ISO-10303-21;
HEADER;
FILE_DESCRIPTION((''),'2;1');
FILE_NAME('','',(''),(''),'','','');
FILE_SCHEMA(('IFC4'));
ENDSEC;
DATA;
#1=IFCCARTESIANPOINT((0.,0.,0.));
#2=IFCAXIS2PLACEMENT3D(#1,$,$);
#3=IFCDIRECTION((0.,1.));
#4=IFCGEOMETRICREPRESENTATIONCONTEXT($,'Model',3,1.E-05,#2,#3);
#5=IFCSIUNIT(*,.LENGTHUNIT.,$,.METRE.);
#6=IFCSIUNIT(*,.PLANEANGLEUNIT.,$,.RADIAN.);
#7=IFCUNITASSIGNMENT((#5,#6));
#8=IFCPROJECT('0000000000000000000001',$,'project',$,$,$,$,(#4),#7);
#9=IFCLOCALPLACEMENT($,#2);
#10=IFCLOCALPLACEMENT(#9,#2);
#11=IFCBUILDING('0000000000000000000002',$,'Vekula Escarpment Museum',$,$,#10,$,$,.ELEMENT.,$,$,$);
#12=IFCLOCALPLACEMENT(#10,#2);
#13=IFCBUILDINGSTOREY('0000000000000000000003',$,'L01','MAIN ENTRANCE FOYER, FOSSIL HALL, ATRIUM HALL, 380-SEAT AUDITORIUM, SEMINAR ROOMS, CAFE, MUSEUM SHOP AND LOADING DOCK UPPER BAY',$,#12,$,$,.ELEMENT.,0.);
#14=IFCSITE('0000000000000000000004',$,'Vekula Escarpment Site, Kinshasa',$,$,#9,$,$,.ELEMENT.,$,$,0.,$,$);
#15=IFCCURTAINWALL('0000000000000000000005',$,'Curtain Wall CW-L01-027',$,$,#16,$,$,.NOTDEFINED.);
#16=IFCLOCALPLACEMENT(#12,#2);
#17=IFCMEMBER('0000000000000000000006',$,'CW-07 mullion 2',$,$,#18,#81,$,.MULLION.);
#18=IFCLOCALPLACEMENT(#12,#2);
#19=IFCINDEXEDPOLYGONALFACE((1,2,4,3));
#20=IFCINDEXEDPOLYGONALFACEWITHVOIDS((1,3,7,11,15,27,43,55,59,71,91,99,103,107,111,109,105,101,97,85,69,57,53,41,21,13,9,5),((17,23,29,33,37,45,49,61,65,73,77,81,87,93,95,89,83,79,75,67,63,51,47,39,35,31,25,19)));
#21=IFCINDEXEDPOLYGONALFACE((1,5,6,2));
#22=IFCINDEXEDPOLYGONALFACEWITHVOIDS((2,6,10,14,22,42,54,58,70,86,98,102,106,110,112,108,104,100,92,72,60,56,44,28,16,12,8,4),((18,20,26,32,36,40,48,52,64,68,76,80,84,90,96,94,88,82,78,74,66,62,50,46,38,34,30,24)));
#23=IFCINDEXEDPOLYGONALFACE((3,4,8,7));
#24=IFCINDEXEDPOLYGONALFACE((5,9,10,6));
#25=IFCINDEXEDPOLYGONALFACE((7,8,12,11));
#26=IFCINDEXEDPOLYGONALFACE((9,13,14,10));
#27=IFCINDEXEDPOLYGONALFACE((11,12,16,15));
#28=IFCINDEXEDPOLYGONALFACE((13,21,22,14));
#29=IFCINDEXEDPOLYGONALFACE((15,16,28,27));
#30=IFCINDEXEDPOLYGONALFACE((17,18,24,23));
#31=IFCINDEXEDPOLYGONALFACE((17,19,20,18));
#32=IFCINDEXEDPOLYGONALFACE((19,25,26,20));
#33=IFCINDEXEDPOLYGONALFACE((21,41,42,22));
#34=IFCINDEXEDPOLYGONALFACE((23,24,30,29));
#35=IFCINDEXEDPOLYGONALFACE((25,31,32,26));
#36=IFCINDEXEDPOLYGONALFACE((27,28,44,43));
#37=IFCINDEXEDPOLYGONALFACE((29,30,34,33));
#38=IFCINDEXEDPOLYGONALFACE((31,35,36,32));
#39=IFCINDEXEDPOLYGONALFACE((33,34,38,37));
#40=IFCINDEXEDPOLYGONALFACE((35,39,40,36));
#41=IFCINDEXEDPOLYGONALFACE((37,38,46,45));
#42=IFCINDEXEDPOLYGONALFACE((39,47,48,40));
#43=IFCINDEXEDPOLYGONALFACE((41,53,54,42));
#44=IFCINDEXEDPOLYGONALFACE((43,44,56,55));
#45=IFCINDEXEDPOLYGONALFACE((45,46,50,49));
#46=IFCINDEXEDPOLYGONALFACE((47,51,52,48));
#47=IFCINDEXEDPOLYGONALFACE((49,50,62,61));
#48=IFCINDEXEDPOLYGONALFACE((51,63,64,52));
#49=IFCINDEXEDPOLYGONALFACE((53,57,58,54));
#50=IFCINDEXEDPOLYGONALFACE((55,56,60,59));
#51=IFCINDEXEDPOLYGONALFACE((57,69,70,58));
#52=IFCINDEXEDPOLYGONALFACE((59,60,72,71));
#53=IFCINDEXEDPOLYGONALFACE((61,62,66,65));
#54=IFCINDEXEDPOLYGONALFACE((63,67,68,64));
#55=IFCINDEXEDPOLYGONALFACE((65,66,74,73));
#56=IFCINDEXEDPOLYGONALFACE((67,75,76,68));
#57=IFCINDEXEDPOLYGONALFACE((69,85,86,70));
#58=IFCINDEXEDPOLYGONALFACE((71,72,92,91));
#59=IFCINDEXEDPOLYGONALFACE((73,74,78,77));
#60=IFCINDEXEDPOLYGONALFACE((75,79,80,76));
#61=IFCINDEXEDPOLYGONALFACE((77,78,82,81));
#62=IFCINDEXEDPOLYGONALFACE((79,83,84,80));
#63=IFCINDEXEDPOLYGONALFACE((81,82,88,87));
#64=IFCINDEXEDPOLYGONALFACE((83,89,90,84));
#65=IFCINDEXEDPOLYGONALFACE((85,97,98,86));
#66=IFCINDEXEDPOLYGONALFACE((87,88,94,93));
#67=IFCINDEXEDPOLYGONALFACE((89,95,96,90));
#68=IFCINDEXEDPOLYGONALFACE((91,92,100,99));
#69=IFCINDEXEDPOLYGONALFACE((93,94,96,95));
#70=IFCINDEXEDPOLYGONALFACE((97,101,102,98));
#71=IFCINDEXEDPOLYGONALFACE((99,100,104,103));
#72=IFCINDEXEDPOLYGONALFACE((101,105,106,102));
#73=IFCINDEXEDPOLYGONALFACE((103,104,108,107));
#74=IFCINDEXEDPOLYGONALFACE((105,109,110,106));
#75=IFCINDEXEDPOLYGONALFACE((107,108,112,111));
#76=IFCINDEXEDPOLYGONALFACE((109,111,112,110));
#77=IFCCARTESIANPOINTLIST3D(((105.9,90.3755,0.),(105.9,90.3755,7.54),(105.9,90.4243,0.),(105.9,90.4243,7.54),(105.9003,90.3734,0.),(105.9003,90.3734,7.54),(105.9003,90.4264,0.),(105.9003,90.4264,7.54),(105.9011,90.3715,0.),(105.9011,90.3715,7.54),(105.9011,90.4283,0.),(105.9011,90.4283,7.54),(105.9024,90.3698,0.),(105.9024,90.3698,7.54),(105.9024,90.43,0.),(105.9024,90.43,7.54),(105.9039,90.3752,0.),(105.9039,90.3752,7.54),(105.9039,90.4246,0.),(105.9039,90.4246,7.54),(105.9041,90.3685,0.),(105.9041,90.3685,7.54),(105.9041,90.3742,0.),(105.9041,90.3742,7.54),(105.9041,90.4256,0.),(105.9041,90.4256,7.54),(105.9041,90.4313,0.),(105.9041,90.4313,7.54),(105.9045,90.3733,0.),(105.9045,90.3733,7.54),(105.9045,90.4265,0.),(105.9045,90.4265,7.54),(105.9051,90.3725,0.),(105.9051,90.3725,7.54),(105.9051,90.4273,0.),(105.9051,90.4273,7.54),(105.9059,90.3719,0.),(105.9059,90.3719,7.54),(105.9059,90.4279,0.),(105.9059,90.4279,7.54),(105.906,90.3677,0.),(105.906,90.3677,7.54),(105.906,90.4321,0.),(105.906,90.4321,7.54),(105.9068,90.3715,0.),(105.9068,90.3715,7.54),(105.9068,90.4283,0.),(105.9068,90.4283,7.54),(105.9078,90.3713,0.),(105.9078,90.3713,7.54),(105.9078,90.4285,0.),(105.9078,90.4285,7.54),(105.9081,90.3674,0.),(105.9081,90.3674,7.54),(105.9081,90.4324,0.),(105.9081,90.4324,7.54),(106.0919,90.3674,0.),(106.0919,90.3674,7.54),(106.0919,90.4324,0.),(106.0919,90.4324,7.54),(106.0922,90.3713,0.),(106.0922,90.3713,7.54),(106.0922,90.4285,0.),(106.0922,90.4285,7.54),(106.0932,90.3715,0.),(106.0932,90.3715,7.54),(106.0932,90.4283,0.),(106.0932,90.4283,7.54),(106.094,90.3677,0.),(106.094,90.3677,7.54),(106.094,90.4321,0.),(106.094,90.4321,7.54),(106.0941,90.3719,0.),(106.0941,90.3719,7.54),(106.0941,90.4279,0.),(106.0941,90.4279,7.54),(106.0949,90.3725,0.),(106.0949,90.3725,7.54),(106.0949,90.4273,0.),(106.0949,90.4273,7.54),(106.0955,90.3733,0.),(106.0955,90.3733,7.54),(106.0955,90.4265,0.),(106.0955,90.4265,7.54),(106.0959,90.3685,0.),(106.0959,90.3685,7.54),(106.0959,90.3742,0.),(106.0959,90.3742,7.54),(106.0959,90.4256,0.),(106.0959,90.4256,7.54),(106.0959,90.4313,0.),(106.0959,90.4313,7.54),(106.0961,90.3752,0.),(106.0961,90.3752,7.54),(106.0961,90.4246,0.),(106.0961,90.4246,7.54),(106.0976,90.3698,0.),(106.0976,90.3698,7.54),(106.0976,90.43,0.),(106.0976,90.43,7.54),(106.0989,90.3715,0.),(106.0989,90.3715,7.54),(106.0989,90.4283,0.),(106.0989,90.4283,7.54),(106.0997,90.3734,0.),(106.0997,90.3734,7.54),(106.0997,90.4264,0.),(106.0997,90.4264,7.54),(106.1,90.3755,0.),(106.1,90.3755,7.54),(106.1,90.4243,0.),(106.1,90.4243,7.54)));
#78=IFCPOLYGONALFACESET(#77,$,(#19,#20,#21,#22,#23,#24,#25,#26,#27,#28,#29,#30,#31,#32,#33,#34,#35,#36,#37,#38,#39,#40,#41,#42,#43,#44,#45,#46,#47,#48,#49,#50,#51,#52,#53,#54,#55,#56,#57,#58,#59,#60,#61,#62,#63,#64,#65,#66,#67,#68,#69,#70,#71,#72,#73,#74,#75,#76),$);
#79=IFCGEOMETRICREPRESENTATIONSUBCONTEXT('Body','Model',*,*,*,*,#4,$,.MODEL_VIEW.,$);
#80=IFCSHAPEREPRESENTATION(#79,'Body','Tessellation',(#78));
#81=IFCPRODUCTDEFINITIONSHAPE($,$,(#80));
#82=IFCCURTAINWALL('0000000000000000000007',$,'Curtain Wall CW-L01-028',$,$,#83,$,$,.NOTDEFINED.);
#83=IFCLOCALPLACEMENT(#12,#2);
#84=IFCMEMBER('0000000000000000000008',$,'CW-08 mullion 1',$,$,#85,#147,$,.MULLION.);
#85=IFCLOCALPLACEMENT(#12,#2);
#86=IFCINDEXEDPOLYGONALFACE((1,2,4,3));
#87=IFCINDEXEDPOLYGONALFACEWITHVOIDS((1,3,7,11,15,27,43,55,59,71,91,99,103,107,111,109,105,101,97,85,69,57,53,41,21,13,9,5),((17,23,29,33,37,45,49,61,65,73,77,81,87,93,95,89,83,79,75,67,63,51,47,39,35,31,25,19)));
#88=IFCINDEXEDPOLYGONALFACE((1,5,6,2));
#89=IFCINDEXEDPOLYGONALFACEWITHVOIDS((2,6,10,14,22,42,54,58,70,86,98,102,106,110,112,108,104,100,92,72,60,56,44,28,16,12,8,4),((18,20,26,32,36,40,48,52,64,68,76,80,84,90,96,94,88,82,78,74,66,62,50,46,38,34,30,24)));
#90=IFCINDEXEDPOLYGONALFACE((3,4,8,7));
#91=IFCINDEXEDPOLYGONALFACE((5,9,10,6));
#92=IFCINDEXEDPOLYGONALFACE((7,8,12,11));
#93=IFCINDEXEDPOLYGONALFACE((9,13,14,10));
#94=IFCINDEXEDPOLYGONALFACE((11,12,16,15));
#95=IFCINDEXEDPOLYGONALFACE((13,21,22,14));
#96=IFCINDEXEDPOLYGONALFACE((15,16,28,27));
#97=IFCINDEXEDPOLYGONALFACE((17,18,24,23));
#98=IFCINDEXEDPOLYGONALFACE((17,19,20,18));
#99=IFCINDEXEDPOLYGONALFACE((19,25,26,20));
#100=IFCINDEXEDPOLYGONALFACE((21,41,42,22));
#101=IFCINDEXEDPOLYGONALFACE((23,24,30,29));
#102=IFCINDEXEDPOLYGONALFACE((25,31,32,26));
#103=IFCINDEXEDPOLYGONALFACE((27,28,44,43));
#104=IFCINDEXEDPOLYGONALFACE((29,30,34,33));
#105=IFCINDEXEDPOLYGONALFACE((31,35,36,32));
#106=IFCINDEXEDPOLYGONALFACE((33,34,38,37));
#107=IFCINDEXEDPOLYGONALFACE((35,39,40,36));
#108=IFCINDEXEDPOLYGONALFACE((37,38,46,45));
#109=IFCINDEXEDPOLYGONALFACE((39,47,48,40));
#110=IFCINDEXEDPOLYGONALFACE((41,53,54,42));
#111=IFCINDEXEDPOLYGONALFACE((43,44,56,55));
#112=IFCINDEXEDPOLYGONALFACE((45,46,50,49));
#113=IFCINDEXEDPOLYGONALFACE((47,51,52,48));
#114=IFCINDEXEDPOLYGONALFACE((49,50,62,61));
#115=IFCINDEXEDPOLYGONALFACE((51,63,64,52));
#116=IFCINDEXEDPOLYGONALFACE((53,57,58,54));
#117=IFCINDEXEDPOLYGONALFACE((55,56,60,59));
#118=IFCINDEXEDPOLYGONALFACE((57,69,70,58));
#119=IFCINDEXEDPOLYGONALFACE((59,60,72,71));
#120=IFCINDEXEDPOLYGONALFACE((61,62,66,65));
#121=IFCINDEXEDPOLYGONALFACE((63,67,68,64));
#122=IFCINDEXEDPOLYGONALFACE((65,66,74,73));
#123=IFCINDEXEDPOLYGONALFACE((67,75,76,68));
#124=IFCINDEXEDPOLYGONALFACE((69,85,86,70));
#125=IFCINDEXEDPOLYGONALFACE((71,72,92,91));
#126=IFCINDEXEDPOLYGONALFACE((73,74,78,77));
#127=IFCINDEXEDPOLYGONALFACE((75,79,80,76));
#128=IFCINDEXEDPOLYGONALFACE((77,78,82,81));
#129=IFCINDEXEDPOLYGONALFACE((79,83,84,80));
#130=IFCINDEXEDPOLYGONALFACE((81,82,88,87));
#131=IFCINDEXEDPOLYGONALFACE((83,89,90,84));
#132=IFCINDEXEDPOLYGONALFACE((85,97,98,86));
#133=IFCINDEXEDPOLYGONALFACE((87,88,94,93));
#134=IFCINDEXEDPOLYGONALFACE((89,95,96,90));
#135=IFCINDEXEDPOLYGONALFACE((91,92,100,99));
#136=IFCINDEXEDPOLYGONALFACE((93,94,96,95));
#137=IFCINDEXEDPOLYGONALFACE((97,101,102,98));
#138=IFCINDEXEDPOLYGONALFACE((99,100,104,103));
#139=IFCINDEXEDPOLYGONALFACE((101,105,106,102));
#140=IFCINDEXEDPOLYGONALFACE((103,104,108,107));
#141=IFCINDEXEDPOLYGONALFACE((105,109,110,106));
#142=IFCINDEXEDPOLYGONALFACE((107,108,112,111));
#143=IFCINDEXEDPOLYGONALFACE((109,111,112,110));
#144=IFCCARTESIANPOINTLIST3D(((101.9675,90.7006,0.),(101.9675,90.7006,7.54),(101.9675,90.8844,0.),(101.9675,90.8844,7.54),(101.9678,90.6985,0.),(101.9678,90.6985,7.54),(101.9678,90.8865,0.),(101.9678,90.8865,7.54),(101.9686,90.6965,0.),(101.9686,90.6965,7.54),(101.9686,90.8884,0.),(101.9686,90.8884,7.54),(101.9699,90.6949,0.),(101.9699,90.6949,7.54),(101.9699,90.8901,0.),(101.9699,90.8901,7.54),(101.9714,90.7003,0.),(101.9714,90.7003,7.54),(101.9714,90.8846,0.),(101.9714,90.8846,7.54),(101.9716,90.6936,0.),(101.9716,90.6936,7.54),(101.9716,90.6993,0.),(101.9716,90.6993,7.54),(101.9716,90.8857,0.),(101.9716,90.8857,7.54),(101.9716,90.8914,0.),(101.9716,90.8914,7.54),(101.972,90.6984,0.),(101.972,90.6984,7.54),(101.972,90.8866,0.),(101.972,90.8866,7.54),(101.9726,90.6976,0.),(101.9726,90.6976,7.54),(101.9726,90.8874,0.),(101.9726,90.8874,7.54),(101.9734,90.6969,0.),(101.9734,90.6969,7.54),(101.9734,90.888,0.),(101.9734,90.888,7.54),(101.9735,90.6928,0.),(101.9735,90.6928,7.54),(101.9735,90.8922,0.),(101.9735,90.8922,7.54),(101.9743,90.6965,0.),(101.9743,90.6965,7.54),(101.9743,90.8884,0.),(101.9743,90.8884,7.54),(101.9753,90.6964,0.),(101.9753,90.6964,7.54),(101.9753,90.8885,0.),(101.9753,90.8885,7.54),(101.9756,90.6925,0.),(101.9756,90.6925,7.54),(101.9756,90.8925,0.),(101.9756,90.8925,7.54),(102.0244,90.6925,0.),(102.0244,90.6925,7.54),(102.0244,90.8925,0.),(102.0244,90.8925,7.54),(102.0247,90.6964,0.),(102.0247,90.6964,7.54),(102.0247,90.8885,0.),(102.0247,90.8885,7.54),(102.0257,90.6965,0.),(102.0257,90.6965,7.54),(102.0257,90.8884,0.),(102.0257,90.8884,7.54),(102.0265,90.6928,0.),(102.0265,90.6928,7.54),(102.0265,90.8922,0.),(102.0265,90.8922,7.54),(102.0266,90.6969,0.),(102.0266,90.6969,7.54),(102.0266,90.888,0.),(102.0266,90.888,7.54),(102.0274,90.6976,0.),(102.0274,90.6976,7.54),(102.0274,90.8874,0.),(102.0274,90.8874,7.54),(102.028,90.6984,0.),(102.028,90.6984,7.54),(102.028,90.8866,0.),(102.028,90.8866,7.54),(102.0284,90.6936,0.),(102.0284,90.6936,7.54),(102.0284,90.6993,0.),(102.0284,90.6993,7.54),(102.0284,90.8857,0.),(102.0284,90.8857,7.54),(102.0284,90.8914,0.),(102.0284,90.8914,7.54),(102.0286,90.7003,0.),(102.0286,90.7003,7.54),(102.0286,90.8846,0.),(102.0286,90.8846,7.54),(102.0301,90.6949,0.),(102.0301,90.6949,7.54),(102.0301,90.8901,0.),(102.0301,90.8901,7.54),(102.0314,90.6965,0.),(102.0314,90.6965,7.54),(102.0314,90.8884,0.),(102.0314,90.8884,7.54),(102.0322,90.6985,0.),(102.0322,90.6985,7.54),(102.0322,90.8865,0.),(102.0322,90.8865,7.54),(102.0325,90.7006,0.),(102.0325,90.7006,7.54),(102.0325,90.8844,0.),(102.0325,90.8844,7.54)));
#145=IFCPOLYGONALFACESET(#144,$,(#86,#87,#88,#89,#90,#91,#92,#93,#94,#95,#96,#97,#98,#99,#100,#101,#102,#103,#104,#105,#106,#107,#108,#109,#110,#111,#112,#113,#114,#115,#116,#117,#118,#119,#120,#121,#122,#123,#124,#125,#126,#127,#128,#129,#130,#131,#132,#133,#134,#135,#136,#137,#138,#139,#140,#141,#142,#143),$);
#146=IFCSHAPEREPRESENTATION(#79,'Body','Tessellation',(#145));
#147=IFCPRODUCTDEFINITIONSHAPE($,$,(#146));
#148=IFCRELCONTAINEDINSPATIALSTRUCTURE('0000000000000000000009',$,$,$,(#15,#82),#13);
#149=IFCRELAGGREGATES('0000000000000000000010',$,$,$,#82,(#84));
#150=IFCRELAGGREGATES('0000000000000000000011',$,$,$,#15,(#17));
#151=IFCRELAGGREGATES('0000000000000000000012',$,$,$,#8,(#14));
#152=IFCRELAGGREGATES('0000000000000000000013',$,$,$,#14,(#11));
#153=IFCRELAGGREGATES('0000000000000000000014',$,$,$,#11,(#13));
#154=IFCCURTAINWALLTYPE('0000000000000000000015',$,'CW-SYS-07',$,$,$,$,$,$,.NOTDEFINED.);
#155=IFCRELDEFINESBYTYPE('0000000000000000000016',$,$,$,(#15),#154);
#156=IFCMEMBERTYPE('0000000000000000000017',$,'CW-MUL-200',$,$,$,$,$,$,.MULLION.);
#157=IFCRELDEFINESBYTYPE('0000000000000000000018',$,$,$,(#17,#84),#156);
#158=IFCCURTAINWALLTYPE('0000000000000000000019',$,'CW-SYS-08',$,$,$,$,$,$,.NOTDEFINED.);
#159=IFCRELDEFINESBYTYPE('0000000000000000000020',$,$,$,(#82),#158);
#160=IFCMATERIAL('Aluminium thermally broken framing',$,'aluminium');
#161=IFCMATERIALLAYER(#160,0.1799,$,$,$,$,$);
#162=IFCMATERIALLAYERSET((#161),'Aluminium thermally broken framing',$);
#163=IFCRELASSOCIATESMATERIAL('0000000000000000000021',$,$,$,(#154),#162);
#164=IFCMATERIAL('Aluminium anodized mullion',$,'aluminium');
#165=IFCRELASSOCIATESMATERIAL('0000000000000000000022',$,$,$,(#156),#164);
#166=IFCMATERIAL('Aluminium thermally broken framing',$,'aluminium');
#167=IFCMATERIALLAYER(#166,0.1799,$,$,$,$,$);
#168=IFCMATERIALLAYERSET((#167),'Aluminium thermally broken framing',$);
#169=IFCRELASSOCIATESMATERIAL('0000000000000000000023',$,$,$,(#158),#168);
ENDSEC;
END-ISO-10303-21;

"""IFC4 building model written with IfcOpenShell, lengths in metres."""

from ifc_helpers import new_model, si_unit, direction, frame, origin, origin_2d, place, context, subcontext, project, spatial, hollow_rectangle, extrude, material, layer, layer_set, material_profile, profile_set, type_object, element, aggregate, save


model = new_model("IFC4")

# Units and contexts
model_context = context("Model", 3, precision=1e-05, world=origin(), true_north=direction((0.0, 1.0)))
body_context = subcontext(model_context, "Body", "Model", "MODEL_VIEW")
ifc_project = project(units=[si_unit("LENGTHUNIT", "METRE"), si_unit("PLANEANGLEUNIT", "RADIAN")], contexts=[model_context])

# Site, building, storey
site_placement = place(None, origin())
site = spatial("IfcSite", under=ifc_project, at=site_placement, Name="Vekula Escarpment Site, Kinshasa", CompositionType="ELEMENT", RefElevation=0.0)
building_placement = place(site_placement, origin())
building = spatial("IfcBuilding", under=site, at=building_placement, Name="Vekula Escarpment Museum", CompositionType="ELEMENT")
storey_placement = place(building_placement, origin())
storey = spatial("IfcBuildingStorey", under=building, at=storey_placement, Name="L01", Description="MAIN ENTRANCE FOYER, FOSSIL HALL, ATRIUM HALL, 380-SEAT AUDITORIUM, SEMINAR ROOMS, CAFE, MUSEUM SHOP AND LOADING DOCK UPPER BAY", CompositionType="ELEMENT", Elevation=0.0)

# Curtain wall, member
ifc_material_1 = material(Name="Aluminium thermally broken framing", Category="aluminium")
ifc_layer_1 = layer(ifc_material_1, 0.1799)
ifc_layer_set_1 = layer_set([ifc_layer_1], Name="Aluminium thermally broken framing")
curtain_wall_type_1 = type_object("IfcCurtainWallType", Name="CW-SYS-07", PredefinedType="NOTDEFINED", material=ifc_layer_set_1)
curtain_wall_1_placement = place(storey_placement, origin())
curtain_wall_1 = element("IfcCurtainWall", 1, at=curtain_wall_1_placement, inside=storey, type_object=curtain_wall_type_1, Name="Curtain Wall CW-L01-027", PredefinedType="NOTDEFINED")
ifc_material_2 = material(Name="Aluminium anodized mullion", Category="aluminium")
ifc_material_profile_1 = material_profile(ifc_material_2, hollow_rectangle(XDim=0.0649, YDim=0.2, WallThickness=0.0039, InnerFilletRadius=0.0039, OuterFilletRadius=0.0081, at=origin_2d()), Name="ALU 200x65x4")
ifc_profile_set_1 = profile_set([ifc_material_profile_1], Name="Aluminium anodized mullion")
member_type_1 = type_object("IfcMemberType", Name="CW-MUL-200", PredefinedType="MULLION", material=ifc_profile_set_1)
member_1_placement = place(storey_placement, frame((106.0, 90.3999, 0.0), z_axis=(0.0, 0.0, 1.0), x_axis=(0.0, -1.0, 0.0)))
member_1 = element("IfcMember", 2, at=member_1_placement, type_object=member_type_1, Name="CW-07 mullion 2", PredefinedType="MULLION", context=body_context, shape_type="SweptSolid", body=[
    extrude(hollow_rectangle(XDim=0.0649, YDim=0.2, WallThickness=0.0039, InnerFilletRadius=0.0039, OuterFilletRadius=0.0081, at=origin_2d()), origin(), (0.0, 0.0, 1.0), 7.54),
])

# Curtain wall, member
ifc_material_3 = material(Name="Aluminium thermally broken framing", Category="aluminium")
ifc_layer_2 = layer(ifc_material_3, 0.1799)
ifc_layer_set_2 = layer_set([ifc_layer_2], Name="Aluminium thermally broken framing")
curtain_wall_type_2 = type_object("IfcCurtainWallType", Name="CW-SYS-08", PredefinedType="NOTDEFINED", material=ifc_layer_set_2)
curtain_wall_2_placement = place(storey_placement, origin())
curtain_wall_2 = element("IfcCurtainWall", 3, at=curtain_wall_2_placement, inside=storey, type_object=curtain_wall_type_2, Name="Curtain Wall CW-L01-028", PredefinedType="NOTDEFINED")
member_2_placement = place(storey_placement, frame((102.0, 90.7925, 0.0), z_axis=(0.0, 0.0, 1.0), x_axis=(-1.0, 0.0, 0.0)))
member_2 = element("IfcMember", 4, at=member_2_placement, type_object=member_type_1, Name="CW-08 mullion 1", PredefinedType="MULLION", context=body_context, shape_type="SweptSolid", body=[
    extrude(hollow_rectangle(XDim=0.0649, YDim=0.2, WallThickness=0.0039, InnerFilletRadius=0.0039, OuterFilletRadius=0.0081, at=origin_2d()), origin(), (0.0, 0.0, 1.0), 7.54),
])

aggregate(curtain_wall_2, [member_2])

aggregate(curtain_wall_1, [member_1])

save(model, "model.ifc")
